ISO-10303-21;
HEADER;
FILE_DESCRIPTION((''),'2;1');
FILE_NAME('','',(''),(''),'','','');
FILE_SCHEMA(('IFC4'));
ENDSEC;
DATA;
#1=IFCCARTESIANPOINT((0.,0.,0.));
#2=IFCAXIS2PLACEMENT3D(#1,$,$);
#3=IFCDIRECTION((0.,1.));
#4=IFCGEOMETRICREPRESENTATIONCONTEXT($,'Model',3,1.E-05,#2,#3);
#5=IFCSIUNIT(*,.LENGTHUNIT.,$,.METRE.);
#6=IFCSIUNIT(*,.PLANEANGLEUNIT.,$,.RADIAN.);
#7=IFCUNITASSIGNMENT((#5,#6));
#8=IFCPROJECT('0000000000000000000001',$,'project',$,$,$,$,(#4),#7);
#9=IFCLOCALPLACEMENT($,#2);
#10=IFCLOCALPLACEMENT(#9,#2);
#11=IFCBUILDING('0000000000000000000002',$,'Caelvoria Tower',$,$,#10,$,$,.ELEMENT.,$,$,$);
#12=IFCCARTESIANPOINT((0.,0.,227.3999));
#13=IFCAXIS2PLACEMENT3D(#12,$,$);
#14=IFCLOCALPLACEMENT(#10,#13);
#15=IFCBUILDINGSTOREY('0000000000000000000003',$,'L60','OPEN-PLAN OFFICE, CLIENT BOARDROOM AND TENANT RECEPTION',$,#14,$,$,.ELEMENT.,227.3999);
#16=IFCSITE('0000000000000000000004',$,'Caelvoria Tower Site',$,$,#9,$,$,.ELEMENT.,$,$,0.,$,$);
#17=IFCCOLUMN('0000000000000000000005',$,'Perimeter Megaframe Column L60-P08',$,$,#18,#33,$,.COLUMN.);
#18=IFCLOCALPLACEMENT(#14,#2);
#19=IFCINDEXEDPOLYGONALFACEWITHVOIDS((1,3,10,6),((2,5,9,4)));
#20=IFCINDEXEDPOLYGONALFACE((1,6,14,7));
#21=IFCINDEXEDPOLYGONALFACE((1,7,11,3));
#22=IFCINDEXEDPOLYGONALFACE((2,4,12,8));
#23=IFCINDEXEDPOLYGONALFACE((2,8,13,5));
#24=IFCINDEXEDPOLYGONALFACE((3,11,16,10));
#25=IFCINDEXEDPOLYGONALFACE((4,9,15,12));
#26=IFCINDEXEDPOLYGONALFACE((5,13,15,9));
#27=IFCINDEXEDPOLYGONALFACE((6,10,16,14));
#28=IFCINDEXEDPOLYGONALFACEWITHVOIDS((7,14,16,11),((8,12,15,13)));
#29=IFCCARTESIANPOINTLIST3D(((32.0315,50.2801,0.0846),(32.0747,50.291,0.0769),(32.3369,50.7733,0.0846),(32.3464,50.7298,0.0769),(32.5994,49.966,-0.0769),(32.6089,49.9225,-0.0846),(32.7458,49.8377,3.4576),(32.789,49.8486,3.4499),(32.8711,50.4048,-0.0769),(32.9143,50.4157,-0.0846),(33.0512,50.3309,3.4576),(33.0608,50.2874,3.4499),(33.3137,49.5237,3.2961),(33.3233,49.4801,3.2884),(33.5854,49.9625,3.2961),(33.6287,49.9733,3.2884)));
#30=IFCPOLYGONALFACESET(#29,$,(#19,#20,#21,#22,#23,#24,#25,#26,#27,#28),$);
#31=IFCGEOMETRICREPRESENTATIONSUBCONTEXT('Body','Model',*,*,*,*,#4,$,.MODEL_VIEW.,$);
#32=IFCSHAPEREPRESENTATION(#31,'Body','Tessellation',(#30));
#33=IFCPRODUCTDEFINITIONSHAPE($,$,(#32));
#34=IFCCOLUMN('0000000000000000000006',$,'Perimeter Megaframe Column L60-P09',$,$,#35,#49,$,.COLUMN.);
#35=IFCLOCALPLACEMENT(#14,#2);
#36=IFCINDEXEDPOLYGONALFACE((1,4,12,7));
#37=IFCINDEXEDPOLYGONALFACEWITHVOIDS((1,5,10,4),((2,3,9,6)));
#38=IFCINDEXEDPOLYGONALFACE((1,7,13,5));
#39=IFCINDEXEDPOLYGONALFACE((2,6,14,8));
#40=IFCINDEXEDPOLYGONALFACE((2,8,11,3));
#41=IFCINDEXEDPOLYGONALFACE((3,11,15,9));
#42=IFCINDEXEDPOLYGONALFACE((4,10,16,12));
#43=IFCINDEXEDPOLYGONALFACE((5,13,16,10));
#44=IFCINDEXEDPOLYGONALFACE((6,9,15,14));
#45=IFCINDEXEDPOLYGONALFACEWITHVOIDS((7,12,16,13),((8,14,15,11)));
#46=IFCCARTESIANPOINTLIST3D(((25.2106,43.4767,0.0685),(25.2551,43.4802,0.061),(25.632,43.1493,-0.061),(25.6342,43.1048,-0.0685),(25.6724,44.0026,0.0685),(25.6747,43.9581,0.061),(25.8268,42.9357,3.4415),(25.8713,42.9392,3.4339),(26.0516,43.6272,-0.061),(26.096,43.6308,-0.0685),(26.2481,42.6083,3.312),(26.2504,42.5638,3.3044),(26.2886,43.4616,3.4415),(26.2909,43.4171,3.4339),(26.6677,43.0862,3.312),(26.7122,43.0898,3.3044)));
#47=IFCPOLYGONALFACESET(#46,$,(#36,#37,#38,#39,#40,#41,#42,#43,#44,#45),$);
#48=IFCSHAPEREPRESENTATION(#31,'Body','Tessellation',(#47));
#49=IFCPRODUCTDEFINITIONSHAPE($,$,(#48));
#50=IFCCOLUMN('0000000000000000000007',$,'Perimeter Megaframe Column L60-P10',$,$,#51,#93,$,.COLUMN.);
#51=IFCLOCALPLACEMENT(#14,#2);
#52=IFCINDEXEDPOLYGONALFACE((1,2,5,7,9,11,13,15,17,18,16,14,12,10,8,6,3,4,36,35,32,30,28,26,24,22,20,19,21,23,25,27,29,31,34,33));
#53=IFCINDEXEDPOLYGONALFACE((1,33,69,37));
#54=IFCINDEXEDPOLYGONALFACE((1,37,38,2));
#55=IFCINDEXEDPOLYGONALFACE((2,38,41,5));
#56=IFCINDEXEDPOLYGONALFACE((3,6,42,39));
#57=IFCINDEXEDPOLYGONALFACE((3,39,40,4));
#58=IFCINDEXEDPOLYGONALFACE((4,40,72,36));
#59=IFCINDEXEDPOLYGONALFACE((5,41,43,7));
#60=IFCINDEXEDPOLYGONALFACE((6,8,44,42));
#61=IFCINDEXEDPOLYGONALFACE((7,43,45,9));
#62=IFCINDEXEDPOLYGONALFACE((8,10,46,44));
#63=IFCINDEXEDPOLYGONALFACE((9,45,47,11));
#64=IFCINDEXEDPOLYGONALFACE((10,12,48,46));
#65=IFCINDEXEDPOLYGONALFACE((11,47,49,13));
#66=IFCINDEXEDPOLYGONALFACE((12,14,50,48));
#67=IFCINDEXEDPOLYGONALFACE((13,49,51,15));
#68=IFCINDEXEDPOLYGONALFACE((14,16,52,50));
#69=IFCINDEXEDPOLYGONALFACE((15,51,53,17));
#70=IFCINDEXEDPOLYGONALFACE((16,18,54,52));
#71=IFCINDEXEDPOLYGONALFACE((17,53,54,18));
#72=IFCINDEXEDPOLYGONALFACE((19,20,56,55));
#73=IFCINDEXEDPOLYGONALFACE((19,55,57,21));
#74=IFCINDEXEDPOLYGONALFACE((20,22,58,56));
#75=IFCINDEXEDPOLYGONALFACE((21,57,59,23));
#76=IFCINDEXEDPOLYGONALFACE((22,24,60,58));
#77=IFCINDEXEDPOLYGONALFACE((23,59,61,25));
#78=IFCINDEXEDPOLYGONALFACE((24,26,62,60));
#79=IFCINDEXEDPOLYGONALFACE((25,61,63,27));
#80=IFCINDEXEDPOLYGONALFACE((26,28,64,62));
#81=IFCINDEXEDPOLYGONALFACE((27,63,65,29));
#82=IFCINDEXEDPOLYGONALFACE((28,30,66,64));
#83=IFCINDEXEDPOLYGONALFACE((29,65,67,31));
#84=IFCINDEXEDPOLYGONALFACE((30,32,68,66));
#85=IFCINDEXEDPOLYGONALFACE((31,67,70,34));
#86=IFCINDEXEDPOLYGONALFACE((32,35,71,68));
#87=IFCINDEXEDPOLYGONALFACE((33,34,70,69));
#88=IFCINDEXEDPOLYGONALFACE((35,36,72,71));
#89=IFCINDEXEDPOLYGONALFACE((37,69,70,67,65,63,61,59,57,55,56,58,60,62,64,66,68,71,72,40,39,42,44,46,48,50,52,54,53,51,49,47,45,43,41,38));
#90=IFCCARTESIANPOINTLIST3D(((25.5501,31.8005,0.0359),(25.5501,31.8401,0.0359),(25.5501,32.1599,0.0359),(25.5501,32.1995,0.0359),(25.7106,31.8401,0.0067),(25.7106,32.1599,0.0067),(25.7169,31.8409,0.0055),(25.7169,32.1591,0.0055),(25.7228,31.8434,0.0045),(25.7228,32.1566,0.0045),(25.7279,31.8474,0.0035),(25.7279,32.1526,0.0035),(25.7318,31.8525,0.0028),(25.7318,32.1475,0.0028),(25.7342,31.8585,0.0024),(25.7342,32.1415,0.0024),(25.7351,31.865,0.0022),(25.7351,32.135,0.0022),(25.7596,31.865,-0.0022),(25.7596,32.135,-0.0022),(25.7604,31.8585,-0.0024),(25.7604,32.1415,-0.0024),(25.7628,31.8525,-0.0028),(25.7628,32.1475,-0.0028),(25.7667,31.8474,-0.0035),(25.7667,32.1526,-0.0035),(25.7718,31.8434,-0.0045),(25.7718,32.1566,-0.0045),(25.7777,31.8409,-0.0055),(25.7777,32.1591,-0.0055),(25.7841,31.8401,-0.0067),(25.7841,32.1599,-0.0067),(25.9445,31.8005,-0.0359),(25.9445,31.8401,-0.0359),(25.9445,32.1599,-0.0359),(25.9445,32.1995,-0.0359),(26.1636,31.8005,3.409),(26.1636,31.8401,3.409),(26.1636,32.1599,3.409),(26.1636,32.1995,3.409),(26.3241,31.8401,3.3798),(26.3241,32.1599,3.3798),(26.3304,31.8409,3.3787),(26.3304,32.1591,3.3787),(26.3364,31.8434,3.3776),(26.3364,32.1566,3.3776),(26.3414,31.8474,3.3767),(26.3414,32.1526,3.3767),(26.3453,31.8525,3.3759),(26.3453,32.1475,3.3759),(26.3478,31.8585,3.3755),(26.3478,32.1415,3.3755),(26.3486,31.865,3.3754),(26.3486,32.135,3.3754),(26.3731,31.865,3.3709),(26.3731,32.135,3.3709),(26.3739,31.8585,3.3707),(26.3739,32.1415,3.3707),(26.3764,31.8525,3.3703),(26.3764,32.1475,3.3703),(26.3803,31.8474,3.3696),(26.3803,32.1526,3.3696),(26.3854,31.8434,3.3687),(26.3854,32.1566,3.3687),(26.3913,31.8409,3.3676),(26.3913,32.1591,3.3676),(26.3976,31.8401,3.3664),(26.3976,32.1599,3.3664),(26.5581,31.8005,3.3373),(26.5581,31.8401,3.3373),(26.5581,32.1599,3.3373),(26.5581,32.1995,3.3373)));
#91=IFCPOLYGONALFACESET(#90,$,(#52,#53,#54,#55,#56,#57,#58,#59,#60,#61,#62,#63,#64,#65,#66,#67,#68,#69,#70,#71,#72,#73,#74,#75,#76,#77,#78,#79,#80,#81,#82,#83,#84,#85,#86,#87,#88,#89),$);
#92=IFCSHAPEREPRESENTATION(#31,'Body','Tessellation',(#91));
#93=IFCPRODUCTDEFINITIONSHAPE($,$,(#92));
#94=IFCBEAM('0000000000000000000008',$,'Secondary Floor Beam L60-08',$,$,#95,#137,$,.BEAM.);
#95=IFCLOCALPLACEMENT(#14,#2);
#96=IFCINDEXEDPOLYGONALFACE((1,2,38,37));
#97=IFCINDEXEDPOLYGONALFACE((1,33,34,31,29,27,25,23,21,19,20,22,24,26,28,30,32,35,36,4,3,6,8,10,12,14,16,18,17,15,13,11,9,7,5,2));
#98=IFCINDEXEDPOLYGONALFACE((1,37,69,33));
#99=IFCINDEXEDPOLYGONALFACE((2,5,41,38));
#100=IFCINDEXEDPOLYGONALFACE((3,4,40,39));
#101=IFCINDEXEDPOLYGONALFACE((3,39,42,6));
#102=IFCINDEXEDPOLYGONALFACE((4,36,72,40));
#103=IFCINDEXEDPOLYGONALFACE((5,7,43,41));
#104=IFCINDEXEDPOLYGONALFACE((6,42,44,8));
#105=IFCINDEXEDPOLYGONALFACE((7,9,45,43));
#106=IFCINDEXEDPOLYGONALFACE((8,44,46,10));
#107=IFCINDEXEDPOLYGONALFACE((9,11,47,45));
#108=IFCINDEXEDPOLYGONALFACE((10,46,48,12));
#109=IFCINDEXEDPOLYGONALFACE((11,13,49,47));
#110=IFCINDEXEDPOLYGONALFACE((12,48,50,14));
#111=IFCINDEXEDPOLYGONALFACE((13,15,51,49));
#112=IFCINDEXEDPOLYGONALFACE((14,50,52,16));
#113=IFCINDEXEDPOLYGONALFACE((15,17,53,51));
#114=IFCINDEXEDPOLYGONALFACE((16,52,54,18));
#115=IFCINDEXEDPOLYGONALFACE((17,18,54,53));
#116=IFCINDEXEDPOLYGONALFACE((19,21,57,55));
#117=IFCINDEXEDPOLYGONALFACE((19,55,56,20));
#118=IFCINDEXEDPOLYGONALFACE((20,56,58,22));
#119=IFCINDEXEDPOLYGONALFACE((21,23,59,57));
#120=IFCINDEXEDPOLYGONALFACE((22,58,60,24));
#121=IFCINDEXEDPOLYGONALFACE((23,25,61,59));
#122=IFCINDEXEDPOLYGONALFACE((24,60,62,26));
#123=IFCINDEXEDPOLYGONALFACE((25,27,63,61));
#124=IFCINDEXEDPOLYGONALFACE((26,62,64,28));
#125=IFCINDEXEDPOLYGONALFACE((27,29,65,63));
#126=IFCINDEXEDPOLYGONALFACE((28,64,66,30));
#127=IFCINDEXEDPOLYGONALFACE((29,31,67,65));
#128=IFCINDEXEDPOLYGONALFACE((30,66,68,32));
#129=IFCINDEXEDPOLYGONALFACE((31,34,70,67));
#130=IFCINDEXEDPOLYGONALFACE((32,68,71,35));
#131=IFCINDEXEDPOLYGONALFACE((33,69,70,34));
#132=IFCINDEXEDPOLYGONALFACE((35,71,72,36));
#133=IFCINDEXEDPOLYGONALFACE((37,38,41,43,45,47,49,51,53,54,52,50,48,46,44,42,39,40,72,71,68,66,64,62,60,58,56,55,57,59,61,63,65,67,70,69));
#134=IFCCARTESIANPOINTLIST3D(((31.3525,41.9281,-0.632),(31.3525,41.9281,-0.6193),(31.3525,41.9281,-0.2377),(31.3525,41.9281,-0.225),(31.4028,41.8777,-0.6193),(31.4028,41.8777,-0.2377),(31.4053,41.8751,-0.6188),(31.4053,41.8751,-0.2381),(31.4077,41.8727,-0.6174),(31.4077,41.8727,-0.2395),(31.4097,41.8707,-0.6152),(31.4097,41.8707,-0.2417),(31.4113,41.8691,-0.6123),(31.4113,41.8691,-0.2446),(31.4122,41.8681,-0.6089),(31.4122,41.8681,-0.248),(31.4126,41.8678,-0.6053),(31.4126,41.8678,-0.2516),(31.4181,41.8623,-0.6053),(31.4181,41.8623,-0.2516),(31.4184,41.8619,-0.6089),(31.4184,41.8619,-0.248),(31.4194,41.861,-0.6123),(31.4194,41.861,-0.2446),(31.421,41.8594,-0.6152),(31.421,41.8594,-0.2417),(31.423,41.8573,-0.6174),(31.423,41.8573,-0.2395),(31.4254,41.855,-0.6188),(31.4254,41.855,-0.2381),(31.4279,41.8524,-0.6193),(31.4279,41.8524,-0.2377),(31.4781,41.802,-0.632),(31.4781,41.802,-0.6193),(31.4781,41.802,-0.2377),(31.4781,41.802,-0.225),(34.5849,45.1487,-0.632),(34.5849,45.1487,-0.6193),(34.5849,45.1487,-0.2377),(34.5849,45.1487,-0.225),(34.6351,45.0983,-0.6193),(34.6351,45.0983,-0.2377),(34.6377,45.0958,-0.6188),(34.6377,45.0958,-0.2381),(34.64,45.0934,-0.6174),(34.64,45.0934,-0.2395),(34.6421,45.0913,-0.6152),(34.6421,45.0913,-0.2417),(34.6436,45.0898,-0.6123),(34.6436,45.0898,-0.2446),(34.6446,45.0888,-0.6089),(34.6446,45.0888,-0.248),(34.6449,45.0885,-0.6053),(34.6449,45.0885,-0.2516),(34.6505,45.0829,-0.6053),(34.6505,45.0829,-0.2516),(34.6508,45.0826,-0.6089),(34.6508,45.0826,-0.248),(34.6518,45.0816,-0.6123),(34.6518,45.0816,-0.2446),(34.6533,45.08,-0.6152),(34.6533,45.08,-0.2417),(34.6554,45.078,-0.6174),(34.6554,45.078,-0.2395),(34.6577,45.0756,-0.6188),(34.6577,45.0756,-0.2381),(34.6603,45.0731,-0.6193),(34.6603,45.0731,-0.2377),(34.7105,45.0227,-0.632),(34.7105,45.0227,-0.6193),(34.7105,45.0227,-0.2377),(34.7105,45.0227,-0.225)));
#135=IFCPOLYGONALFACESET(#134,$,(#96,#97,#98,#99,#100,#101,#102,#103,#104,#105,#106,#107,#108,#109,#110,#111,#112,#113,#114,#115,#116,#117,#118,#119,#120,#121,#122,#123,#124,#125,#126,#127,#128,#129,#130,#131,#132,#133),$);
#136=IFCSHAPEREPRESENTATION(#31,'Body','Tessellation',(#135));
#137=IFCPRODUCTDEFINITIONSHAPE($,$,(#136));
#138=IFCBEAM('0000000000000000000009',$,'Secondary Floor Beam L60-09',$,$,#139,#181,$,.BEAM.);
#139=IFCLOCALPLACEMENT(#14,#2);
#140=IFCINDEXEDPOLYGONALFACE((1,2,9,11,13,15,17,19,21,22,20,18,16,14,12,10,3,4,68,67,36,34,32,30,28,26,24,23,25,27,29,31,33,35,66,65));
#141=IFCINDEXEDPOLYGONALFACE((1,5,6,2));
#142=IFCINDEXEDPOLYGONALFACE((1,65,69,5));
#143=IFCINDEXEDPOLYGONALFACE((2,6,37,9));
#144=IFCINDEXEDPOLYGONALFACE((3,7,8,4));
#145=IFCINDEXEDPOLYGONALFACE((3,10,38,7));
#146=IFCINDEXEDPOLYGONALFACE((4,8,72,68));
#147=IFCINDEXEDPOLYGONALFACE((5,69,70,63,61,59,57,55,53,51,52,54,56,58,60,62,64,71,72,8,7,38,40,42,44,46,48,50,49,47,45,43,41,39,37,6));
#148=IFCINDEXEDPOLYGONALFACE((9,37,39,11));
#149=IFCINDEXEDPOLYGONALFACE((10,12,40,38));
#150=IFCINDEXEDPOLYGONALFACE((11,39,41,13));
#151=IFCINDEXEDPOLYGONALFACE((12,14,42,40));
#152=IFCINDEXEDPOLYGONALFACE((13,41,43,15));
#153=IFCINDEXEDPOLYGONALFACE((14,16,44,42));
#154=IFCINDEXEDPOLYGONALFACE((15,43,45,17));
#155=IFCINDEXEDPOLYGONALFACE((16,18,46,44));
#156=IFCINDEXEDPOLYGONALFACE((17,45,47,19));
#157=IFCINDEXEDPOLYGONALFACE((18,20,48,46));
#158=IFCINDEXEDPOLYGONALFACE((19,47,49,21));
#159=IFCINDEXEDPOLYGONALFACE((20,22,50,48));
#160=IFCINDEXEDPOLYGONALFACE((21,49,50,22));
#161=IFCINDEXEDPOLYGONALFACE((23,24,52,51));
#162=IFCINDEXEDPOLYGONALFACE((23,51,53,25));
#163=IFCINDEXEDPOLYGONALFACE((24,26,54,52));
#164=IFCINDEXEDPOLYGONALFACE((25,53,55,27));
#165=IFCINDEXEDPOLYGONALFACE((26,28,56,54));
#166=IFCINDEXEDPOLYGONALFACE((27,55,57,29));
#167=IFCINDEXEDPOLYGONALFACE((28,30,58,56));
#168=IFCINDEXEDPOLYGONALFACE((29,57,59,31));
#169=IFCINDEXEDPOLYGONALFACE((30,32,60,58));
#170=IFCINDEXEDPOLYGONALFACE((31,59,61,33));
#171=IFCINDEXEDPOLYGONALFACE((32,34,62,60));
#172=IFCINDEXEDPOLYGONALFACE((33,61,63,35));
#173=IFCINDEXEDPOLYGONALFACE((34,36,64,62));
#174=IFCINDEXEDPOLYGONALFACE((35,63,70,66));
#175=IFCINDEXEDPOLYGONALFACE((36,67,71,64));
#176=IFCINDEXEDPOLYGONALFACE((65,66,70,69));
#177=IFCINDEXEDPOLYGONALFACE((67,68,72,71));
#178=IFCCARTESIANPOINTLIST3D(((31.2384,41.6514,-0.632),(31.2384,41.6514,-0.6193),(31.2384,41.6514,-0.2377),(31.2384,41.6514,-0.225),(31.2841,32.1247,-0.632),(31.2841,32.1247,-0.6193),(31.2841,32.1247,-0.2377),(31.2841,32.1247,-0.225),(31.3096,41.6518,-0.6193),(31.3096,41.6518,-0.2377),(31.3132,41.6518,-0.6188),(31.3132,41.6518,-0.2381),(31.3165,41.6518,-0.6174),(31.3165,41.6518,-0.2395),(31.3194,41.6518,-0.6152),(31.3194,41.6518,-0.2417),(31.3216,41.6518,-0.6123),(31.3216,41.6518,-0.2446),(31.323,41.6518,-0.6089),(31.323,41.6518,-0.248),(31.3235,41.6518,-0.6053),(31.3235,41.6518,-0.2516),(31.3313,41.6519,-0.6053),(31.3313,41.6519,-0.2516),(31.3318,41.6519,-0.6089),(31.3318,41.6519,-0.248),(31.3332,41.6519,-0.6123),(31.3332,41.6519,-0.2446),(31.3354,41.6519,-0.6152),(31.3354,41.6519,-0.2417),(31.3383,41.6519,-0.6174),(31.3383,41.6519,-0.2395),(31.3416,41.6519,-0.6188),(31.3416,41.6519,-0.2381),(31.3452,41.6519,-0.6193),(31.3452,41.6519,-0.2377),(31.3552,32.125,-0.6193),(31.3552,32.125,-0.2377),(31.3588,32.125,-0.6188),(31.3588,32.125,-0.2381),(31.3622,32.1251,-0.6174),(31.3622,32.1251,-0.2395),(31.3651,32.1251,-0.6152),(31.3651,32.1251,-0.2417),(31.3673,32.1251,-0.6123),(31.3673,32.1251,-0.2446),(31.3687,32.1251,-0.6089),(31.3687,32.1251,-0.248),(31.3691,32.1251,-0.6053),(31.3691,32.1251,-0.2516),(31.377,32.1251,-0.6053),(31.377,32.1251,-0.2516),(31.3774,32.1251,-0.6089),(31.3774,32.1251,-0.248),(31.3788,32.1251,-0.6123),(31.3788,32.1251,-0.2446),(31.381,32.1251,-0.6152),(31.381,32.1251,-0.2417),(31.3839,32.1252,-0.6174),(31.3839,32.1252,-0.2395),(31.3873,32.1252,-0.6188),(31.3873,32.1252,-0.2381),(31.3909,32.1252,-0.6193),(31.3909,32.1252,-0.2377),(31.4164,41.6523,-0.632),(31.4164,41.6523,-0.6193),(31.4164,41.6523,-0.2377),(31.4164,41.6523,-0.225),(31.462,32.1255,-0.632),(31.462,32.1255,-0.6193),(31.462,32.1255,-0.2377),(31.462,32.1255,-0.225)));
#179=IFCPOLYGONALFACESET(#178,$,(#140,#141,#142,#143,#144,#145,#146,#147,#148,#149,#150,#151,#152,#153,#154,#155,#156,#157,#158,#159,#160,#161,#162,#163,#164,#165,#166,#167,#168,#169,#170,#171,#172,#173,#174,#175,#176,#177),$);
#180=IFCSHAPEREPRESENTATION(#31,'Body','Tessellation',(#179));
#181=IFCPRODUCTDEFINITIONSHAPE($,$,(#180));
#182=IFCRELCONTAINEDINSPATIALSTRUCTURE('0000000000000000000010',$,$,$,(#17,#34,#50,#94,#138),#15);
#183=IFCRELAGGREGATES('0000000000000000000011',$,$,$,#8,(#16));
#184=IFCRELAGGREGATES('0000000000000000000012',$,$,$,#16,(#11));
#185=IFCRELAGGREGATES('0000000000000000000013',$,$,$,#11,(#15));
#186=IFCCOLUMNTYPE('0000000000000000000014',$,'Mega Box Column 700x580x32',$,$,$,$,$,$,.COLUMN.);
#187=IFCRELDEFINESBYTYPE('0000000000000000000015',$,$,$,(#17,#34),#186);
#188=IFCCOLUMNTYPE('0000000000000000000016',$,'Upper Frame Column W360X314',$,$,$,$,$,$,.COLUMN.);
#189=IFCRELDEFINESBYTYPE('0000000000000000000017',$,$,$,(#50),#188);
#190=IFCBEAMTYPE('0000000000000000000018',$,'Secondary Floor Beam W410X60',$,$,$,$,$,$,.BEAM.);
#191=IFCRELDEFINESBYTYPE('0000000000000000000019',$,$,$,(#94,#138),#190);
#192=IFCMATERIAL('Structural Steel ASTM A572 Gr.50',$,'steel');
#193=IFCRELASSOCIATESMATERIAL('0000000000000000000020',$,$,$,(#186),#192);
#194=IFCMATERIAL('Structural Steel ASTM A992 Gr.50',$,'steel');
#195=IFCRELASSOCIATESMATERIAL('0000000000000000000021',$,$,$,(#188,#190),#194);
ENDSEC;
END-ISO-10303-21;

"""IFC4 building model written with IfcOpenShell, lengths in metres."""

from ifc_helpers import new_model, si_unit, direction, frame, origin, origin_2d, place, context, subcontext, project, spatial, hollow_rectangle, i_section, extrude, material, material_profile, profile_set, type_object, element, save


model = new_model("IFC4")

# Units and contexts
model_context = context("Model", 3, precision=1e-05, world=origin(), true_north=direction((0.0, 1.0)))
body_context = subcontext(model_context, "Body", "Model", "MODEL_VIEW")
ifc_project = project(units=[si_unit("LENGTHUNIT", "METRE"), si_unit("PLANEANGLEUNIT", "RADIAN")], contexts=[model_context])

# Site, building, storey
site_placement = place(None, origin())
site = spatial("IfcSite", under=ifc_project, at=site_placement, Name="Caelvoria Tower Site", CompositionType="ELEMENT", RefElevation=0.0)
building_placement = place(site_placement, origin())
building = spatial("IfcBuilding", under=site, at=building_placement, Name="Caelvoria Tower", CompositionType="ELEMENT")
storey_placement = place(building_placement, frame((0.0, 0.0, 227.3999)))
storey = spatial("IfcBuildingStorey", under=building, at=storey_placement, Name="L60", Description="OPEN-PLAN OFFICE, CLIENT BOARDROOM AND TENANT RECEPTION", CompositionType="ELEMENT", Elevation=227.3999)

# Columns
ifc_material_1 = material(Name="Structural Steel ASTM A572 Gr.50", Category="steel")
ifc_material_profile_1 = material_profile(ifc_material_1, hollow_rectangle(XDim=0.5801, YDim=0.7, WallThickness=0.032, at=origin_2d()), Name="Structural Steel ASTM A572 Gr.50")
ifc_profile_set_1 = profile_set([ifc_material_profile_1], Name="BOX700X580X32 - Structural Steel ASTM A572 Gr.50")
column_type_1 = type_object("IfcColumnType", Name="Mega Box Column 700x580x32", PredefinedType="COLUMN", material=ifc_profile_set_1)
column_1_placement = place(storey_placement, frame((32.4729, 50.3479, 0.0), z_axis=(0.205503, -0.127263, 0.970347), x_axis=(0.526495, 0.850178, 0.0)))
element("IfcColumn", 1, at=column_1_placement, inside=storey, type_object=column_type_1, Name="Perimeter Megaframe Column L60-P08", PredefinedType="COLUMN", context=body_context, shape_type="SweptSolid", body=[
    extrude(hollow_rectangle(XDim=0.5801, YDim=0.7, WallThickness=0.032, at=origin_2d()), origin(), (0.0, 0.0, 1.0), 3.4761),
])
column_2_placement = place(storey_placement, frame((25.6533, 43.5537, 0.0), z_axis=(0.177516, -0.155854, 0.971698), x_axis=(-0.730201, 0.641096, 0.236226)))
element("IfcColumn", 2, at=column_2_placement, inside=storey, type_object=column_type_1, Name="Perimeter Megaframe Column L60-P09", PredefinedType="COLUMN", context=body_context, shape_type="SweptSolid", body=[
    extrude(hollow_rectangle(XDim=0.5801, YDim=0.7, WallThickness=0.032, at=origin_2d()), origin(), (0.0, 0.0, 1.0), 3.4712),
])
ifc_material_2 = material(Name="Structural Steel ASTM A992 Gr.50", Category="steel")
ifc_material_profile_2 = material_profile(ifc_material_2, i_section(OverallWidth=0.4009, OverallDepth=0.3989, WebThickness=0.0249, FlangeThickness=0.0396, FilletRadius=0.0249, at=origin_2d()), Name="Structural Steel ASTM A992 Gr.50")
ifc_profile_set_2 = profile_set([ifc_material_profile_2], Name="W360X314 - Structural Steel ASTM A992 Gr.50")
column_type_2 = type_object("IfcColumnType", Name="Upper Frame Column W360X314", PredefinedType="COLUMN", material=ifc_profile_set_2)
column_3_placement = place(storey_placement, frame((25.7473, 32.0, 0.0), z_axis=(0.178954, 0.0, 0.983857), x_axis=(-0.983857, 0.0, 0.178954)))
element("IfcColumn", 3, at=column_3_placement, inside=storey, type_object=column_type_2, Name="Perimeter Megaframe Column L60-P10", PredefinedType="COLUMN", context=body_context, shape_type="SweptSolid", body=[
    extrude(i_section(OverallWidth=0.4009, OverallDepth=0.3989, WebThickness=0.0249, FlangeThickness=0.0396, FilletRadius=0.0249, at=origin_2d()), origin(), (0.0, 0.0, 1.0), 3.4285),
])

# Beams
ifc_material_profile_3 = material_profile(ifc_material_2, i_section(OverallWidth=0.178, OverallDepth=0.407, WebThickness=0.0078, FlangeThickness=0.0127, FilletRadius=0.0139, at=origin_2d()), Name="Structural Steel ASTM A992 Gr.50")
ifc_profile_set_3 = profile_set([ifc_material_profile_3], Name="W410X60 - Structural Steel ASTM A992 Gr.50")
beam_type_1 = type_object("IfcBeamType", Name="Secondary Floor Beam W410X60", PredefinedType="BEAM", material=ifc_profile_set_3)
beam_1_placement = place(storey_placement, frame((34.6477, 45.0857, -0.4285), z_axis=(-0.70839, -0.705822, 0.0), x_axis=(0.705822, -0.70839, 0.0)))
element("IfcBeam", 4, at=beam_1_placement, inside=storey, type_object=beam_type_1, Name="Secondary Floor Beam L60-08", PredefinedType="BEAM", context=body_context, shape_type="SweptSolid", body=[
    extrude(i_section(OverallWidth=0.178, OverallDepth=0.407, WebThickness=0.0078, FlangeThickness=0.0127, FilletRadius=0.0139, at=origin_2d()), origin(), (0.0, 0.0, 1.0), 4.563),
])
for number, where, z_axis, x_axis, name in (
    (5, (31.3274, 41.6519, -0.4285), (0.004792, -0.999989, 0.0), (0.999989, 0.004792, 0.0), "Secondary Floor Beam L60-09"),
):
    element("IfcBeam", number, at=place(storey_placement, frame(where, z_axis=z_axis, x_axis=x_axis)), inside=storey, type_object=beam_type_1, Name=name, PredefinedType="BEAM", context=body_context, shape_type="SweptSolid", body=[
        extrude(i_section(OverallWidth=0.178, OverallDepth=0.407, WebThickness=0.0078, FlangeThickness=0.0127, FilletRadius=0.0139, at=origin_2d()), origin(), (0.0, 0.0, 1.0), 9.5269),
    ])

save(model, "model.ifc")
